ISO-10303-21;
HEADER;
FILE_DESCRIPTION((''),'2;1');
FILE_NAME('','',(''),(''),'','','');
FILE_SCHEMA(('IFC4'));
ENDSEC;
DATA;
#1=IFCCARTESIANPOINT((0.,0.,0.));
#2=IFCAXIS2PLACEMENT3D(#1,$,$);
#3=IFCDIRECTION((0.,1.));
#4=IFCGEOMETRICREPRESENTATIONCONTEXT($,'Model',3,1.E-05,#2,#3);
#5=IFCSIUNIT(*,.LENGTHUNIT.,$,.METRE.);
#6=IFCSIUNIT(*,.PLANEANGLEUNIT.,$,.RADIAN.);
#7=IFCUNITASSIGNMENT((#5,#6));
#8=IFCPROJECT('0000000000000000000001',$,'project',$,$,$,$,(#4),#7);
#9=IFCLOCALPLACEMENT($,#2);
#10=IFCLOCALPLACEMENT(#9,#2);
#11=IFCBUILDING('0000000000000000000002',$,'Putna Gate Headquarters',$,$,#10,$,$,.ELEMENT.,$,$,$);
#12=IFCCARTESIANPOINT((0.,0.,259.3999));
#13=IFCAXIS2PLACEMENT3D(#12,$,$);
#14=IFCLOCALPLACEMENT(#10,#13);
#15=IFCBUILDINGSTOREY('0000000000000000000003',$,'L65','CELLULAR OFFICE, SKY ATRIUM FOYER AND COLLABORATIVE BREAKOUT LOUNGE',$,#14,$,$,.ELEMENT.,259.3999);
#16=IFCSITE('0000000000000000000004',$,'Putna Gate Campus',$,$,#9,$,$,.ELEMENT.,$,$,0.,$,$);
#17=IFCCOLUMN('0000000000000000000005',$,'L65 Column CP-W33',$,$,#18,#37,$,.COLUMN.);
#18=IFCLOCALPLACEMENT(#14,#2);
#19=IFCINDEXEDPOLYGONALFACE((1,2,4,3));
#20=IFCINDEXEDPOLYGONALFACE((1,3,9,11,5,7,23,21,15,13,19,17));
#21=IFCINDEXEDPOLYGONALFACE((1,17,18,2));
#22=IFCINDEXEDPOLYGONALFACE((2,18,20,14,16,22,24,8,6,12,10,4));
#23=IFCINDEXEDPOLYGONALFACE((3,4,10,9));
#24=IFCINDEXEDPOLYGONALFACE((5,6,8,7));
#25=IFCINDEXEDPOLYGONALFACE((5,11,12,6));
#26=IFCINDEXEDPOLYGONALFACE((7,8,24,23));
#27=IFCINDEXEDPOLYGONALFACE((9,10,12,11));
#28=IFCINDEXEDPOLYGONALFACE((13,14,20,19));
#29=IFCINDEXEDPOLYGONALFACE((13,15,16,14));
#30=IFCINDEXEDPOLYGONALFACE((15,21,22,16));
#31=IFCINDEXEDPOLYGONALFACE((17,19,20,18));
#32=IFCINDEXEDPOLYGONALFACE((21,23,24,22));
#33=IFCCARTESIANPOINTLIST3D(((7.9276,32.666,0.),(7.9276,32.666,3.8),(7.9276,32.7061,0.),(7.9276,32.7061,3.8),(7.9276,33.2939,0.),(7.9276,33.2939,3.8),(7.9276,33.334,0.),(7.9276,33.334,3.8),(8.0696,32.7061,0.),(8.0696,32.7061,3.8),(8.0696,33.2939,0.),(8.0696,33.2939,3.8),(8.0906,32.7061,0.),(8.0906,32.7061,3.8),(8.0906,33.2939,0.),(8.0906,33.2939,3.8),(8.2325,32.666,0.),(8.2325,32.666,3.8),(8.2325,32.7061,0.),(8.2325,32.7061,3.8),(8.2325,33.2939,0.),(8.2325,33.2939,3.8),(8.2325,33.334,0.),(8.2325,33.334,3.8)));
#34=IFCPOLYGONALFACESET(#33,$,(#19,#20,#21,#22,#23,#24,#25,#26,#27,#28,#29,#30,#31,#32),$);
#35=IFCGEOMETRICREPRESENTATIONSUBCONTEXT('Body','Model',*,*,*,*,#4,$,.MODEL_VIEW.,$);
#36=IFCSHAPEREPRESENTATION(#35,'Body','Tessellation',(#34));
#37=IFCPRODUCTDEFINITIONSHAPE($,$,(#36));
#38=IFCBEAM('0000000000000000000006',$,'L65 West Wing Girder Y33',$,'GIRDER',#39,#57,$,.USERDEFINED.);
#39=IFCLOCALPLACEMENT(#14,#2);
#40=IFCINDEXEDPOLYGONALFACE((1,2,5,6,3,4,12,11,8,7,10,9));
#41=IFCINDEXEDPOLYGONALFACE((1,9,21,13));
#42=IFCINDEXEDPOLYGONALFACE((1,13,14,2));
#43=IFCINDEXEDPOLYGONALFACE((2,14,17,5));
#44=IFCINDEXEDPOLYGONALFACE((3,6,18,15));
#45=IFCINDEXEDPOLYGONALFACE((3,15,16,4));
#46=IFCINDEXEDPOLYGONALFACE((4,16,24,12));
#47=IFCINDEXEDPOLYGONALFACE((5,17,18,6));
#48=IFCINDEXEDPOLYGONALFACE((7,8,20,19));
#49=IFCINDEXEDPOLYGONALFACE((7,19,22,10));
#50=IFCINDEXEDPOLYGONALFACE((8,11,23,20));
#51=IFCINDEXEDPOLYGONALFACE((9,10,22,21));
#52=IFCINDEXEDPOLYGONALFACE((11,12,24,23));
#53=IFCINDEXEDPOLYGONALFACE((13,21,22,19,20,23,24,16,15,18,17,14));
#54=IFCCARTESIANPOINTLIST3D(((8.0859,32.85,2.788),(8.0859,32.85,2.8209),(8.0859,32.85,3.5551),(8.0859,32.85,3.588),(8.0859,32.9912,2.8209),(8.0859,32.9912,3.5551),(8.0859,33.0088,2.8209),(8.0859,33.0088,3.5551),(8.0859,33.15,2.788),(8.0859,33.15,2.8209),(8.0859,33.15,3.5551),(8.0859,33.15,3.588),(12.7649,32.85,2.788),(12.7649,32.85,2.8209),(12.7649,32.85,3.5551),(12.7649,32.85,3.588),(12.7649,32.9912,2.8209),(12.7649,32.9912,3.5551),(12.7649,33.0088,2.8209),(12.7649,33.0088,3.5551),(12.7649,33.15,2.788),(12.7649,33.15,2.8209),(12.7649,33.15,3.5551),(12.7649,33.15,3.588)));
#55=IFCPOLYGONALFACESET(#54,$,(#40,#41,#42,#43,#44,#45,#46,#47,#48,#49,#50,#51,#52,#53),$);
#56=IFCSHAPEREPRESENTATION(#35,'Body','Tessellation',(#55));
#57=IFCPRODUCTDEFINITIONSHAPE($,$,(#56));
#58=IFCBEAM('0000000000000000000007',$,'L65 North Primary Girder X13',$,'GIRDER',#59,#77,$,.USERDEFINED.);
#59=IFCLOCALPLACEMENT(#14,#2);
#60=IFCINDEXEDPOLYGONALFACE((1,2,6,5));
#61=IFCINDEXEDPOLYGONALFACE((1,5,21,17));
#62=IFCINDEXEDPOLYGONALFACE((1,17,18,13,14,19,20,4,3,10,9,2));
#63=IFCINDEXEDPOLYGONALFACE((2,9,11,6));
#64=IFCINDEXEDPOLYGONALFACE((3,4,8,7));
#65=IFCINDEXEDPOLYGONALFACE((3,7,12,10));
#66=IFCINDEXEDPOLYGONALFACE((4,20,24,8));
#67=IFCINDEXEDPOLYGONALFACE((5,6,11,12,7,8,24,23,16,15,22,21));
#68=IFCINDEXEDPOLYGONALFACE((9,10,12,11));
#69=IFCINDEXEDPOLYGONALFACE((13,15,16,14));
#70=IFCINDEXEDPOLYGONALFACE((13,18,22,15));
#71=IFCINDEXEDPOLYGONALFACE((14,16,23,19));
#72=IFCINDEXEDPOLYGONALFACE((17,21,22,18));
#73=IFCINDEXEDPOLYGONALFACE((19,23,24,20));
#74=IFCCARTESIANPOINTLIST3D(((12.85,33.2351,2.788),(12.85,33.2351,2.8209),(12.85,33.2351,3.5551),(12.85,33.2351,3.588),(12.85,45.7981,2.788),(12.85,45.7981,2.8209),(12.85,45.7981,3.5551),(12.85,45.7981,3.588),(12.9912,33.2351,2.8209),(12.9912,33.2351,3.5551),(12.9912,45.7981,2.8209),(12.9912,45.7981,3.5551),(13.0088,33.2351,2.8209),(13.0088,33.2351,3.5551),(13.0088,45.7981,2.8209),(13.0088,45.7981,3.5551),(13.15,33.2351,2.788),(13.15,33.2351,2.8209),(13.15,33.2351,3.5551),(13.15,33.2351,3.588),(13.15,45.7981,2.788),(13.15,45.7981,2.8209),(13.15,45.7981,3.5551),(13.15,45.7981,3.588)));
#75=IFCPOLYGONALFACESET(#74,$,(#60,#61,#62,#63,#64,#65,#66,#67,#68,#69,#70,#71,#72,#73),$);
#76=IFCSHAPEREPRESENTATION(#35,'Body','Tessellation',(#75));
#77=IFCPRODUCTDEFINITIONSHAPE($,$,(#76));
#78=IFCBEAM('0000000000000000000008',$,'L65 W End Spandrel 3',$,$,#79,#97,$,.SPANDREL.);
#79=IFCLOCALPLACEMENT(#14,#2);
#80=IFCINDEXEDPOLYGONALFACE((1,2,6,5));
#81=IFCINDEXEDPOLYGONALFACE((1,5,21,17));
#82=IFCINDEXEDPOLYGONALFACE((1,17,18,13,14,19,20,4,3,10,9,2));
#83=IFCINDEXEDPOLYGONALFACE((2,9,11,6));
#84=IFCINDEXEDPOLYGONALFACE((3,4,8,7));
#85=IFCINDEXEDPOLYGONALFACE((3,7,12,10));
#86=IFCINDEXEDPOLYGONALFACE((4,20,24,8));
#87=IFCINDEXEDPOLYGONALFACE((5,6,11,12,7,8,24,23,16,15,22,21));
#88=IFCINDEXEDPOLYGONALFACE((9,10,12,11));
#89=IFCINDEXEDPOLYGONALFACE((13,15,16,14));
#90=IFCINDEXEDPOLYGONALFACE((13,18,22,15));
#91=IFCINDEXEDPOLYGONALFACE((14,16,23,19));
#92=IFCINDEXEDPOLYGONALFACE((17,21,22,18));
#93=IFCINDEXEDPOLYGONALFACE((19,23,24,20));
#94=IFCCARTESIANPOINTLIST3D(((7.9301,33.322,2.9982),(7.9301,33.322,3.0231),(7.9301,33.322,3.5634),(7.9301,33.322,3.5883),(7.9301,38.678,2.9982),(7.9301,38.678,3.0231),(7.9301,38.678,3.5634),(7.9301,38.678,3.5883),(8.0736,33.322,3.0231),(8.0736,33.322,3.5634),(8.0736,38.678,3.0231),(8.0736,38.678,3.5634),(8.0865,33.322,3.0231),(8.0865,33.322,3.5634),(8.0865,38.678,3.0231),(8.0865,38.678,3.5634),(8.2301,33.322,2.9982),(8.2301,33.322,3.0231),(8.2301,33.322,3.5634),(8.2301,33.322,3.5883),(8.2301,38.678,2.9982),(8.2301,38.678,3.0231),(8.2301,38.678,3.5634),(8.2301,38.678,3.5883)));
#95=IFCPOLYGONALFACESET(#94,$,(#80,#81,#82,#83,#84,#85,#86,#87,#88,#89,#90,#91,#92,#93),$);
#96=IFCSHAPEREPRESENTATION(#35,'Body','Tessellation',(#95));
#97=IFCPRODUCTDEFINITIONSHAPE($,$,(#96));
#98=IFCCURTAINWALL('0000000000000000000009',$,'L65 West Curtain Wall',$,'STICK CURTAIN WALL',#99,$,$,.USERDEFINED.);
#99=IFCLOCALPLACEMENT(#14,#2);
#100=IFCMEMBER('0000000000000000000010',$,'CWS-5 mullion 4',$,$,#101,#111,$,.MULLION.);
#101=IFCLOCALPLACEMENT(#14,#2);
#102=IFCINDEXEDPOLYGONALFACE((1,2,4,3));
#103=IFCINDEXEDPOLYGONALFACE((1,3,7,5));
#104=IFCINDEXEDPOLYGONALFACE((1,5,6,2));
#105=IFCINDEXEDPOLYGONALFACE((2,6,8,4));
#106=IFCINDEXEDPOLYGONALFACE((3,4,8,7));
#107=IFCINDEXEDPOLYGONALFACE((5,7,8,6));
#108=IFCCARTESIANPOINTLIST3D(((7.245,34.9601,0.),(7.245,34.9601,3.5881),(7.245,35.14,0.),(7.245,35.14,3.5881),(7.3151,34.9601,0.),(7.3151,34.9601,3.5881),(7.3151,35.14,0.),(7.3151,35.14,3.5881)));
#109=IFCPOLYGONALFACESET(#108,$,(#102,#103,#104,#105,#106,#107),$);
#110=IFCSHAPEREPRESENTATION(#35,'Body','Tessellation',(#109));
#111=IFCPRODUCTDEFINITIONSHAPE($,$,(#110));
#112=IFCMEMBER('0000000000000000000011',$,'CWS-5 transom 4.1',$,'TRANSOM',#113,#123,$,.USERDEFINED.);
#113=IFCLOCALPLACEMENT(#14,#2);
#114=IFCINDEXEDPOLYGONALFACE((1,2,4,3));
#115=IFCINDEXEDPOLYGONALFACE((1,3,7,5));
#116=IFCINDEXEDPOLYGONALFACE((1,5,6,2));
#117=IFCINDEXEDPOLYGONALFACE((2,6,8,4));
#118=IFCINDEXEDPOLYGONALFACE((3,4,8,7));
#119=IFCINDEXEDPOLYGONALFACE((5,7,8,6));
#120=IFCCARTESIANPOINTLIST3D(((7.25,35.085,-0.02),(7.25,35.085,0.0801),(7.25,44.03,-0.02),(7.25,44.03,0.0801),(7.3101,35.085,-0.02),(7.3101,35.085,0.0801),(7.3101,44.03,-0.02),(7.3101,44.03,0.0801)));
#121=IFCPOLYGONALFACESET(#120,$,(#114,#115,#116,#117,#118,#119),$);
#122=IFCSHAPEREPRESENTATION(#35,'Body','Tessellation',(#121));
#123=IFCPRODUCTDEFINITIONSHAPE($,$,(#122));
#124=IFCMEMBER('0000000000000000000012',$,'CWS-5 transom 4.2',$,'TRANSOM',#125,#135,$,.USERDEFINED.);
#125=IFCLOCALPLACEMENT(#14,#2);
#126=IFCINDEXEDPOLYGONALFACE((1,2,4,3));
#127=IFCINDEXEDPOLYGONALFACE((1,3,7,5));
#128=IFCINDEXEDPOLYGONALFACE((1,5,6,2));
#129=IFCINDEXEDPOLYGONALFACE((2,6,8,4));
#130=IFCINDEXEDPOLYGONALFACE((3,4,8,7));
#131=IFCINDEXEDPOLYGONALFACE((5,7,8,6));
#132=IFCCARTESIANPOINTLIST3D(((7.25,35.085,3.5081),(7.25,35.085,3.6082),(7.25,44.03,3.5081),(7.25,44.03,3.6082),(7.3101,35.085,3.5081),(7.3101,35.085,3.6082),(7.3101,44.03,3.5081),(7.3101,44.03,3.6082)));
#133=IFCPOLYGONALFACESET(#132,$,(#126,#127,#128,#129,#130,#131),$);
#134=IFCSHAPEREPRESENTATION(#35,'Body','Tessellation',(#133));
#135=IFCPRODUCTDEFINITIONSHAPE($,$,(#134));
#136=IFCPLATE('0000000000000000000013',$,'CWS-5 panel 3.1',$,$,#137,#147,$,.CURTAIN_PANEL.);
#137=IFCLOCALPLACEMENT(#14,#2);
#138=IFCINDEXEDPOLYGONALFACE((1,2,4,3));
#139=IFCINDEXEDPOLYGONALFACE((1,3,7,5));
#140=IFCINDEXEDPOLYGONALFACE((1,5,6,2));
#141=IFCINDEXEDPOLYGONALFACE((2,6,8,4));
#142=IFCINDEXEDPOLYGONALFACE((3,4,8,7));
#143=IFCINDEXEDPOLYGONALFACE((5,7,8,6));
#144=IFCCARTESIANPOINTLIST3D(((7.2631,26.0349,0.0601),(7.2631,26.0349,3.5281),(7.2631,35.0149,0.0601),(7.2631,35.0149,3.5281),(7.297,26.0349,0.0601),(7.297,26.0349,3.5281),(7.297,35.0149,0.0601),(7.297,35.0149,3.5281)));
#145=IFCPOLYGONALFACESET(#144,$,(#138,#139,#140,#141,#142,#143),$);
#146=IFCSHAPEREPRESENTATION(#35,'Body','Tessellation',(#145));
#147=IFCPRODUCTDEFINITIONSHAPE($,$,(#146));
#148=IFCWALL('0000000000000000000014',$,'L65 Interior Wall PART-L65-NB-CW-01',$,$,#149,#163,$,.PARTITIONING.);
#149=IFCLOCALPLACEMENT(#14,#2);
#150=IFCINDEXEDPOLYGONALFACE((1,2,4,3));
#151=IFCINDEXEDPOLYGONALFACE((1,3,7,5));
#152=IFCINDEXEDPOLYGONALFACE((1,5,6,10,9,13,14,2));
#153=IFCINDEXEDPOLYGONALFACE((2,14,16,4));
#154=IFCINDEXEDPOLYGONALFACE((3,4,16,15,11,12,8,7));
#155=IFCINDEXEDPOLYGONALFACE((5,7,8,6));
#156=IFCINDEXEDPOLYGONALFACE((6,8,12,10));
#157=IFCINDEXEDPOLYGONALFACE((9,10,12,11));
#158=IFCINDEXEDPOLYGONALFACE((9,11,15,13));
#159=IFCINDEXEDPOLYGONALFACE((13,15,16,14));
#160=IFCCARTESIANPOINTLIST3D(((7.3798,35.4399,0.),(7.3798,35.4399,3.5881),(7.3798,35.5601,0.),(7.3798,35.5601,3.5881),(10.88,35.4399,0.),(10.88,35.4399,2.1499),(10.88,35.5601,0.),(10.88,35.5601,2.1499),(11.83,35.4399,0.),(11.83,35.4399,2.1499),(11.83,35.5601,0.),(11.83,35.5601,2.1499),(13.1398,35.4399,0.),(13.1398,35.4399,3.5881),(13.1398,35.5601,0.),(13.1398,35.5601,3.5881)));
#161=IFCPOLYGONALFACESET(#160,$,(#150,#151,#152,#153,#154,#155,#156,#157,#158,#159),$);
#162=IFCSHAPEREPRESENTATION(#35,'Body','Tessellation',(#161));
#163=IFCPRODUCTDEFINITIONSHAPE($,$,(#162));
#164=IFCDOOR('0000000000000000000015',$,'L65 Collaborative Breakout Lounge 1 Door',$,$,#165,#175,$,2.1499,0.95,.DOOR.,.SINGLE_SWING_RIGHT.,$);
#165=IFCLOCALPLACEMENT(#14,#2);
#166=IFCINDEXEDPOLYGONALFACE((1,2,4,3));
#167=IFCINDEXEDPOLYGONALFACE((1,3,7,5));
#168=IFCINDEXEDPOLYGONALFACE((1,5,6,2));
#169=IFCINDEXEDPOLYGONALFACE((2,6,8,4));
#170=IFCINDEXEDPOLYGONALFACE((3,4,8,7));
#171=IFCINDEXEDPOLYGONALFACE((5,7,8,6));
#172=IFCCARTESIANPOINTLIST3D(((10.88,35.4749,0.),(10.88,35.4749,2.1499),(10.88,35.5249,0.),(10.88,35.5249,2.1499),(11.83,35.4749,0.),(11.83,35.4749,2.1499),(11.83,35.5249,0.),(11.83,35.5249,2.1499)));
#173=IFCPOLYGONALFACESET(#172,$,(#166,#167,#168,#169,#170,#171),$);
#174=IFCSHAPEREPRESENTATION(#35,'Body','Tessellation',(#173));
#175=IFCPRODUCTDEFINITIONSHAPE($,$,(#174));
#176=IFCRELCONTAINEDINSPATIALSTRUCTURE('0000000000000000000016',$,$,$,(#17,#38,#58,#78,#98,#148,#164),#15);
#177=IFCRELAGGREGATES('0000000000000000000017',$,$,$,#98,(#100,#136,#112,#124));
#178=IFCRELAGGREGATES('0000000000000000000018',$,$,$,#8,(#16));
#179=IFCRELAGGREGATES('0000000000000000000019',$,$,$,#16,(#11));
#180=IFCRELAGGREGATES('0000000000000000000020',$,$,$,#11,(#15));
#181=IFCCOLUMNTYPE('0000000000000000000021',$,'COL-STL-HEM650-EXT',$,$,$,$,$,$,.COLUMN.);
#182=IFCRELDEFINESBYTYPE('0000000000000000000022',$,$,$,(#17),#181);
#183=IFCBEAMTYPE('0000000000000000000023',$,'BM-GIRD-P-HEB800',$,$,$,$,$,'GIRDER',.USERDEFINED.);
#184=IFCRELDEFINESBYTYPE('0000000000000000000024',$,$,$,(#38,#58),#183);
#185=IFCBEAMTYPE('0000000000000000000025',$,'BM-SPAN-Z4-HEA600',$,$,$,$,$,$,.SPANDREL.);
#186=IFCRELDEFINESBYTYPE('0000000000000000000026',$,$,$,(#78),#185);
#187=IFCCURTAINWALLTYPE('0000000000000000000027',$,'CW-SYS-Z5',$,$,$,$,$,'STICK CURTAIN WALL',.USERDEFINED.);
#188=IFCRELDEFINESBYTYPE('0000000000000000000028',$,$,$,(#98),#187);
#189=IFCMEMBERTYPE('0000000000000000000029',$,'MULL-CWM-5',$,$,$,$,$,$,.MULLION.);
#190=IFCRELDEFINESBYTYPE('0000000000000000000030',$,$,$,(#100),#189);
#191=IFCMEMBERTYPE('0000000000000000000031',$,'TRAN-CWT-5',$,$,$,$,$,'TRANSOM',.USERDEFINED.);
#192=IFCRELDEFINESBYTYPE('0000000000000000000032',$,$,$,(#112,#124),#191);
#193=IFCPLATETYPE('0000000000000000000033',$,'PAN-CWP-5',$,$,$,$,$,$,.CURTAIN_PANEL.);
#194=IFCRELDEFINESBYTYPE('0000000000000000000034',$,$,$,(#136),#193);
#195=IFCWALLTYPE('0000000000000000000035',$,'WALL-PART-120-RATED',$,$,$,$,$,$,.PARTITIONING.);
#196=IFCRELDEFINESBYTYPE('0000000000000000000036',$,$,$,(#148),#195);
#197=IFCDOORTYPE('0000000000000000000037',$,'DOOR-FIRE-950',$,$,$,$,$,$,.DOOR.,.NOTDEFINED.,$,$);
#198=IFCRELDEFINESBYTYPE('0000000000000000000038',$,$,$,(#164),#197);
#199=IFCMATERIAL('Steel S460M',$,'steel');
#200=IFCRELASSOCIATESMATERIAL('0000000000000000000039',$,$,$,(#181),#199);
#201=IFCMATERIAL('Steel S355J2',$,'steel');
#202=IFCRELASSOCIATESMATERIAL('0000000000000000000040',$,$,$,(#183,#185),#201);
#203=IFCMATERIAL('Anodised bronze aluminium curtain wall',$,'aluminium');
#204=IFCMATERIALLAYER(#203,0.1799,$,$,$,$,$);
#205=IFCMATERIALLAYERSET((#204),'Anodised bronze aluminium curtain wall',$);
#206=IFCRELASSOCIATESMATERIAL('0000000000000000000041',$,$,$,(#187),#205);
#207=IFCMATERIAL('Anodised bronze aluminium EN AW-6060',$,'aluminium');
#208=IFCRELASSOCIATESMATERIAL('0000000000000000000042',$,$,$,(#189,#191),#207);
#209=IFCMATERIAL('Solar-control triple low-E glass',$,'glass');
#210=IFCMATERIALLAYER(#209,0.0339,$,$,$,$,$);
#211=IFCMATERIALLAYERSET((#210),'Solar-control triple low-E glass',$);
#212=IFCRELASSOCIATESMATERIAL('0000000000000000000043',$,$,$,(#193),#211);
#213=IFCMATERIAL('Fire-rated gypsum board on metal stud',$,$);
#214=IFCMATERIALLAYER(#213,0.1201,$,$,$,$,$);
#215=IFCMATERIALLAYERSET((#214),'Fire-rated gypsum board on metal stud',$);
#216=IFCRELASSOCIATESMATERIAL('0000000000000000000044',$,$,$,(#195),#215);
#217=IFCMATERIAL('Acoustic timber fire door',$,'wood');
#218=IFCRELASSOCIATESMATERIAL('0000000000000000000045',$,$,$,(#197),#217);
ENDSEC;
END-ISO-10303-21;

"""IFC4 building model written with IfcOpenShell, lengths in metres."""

from ifc_helpers import new_model, si_unit, direction, frame, frame_2d, origin, origin_2d, place, context, subcontext, project, spatial, rectangle, i_section, extrude, material, layer, layer_set, material_profile, profile_set, type_object, element, fill, aggregate, save


model = new_model("IFC4")

# Units and contexts
model_context = context("Model", 3, precision=1e-05, world=origin(), true_north=direction((0.0, 1.0)))
body_context = subcontext(model_context, "Body", "Model", "MODEL_VIEW")
ifc_project = project(units=[si_unit("LENGTHUNIT", "METRE"), si_unit("PLANEANGLEUNIT", "RADIAN")], contexts=[model_context])

# Site, building, storey
site_placement = place(None, origin())
site = spatial("IfcSite", under=ifc_project, at=site_placement, Name="Putna Gate Campus", CompositionType="ELEMENT", RefElevation=0.0)
building_placement = place(site_placement, origin())
building = spatial("IfcBuilding", under=site, at=building_placement, Name="Putna Gate Headquarters", CompositionType="ELEMENT")
storey_placement = place(building_placement, frame((0.0, 0.0, 259.3999)))
storey = spatial("IfcBuildingStorey", under=building, at=storey_placement, Name="L65", Description="CELLULAR OFFICE, SKY ATRIUM FOYER AND COLLABORATIVE BREAKOUT LOUNGE", CompositionType="ELEMENT", Elevation=259.3999)

# Column
ifc_material_1 = material(Name="Steel S460M", Category="steel")
ifc_material_profile_1 = material_profile(ifc_material_1, i_section(OverallWidth=0.3049, OverallDepth=0.668, WebThickness=0.021, FlangeThickness=0.04, at=origin_2d()), Name="Steel S460M")
ifc_profile_set_1 = profile_set([ifc_material_profile_1], Name="Steel S460M")
column_type = type_object("IfcColumnType", Name="COL-STL-HEM650-EXT", PredefinedType="COLUMN", material=ifc_profile_set_1)
column_placement = place(storey_placement, frame((8.0801, 33.0, 0.0), z_axis=(0.0, 0.0, 1.0), x_axis=(1.0, 0.0, 0.0)))
element("IfcColumn", 1, at=column_placement, inside=storey, type_object=column_type, Name="L65 Column CP-W33", PredefinedType="COLUMN", context=body_context, shape_type="SweptSolid", body=[
    extrude(i_section(OverallWidth=0.3049, OverallDepth=0.668, WebThickness=0.021, FlangeThickness=0.04, at=origin_2d()), origin(), (0.0, 0.0, 1.0), 3.8),
])

# Beams
ifc_material_2 = material(Name="Steel S355J2", Category="steel")
ifc_material_profile_2 = material_profile(ifc_material_2, i_section(OverallWidth=0.3, OverallDepth=0.8, WebThickness=0.0176, FlangeThickness=0.033, at=origin_2d()), Name="Steel S355J2")
ifc_profile_set_2 = profile_set([ifc_material_profile_2], Name="Steel S355J2")
beam_type_1 = type_object("IfcBeamType", Name="BM-GIRD-P-HEB800", ElementType="GIRDER", PredefinedType="USERDEFINED", material=ifc_profile_set_2)
beam_1_placement = place(storey_placement, frame((8.0859, 33.0, 3.188), z_axis=(1.0, 0.0, 0.0), x_axis=(0.0, 1.0, 0.0)))
element("IfcBeam", 2, at=beam_1_placement, inside=storey, type_object=beam_type_1, Name="L65 West Wing Girder Y33", ObjectType="GIRDER", PredefinedType="USERDEFINED", context=body_context, shape_type="SweptSolid", body=[
    extrude(i_section(OverallWidth=0.3, OverallDepth=0.8, WebThickness=0.0176, FlangeThickness=0.033, at=origin_2d()), origin(), (0.0, 0.0, 1.0), 4.679),
])
beam_2_placement = place(storey_placement, frame((13.0, 33.2351, 3.188), z_axis=(0.0, 1.0, 0.0), x_axis=(-1.0, 0.0, 0.0)))
element("IfcBeam", 3, at=beam_2_placement, inside=storey, type_object=beam_type_1, Name="L65 North Primary Girder X13", ObjectType="GIRDER", PredefinedType="USERDEFINED", context=body_context, shape_type="SweptSolid", body=[
    extrude(i_section(OverallWidth=0.3, OverallDepth=0.8, WebThickness=0.0176, FlangeThickness=0.033, at=origin_2d()), origin(), (0.0, 0.0, 1.0), 12.563),
])
ifc_material_profile_3 = material_profile(ifc_material_2, i_section(OverallWidth=0.3, OverallDepth=0.5901, WebThickness=0.0129, FlangeThickness=0.0249, at=origin_2d()), Name="Steel S355J2")
ifc_profile_set_3 = profile_set([ifc_material_profile_3], Name="Steel S355J2")
beam_type_2 = type_object("IfcBeamType", Name="BM-SPAN-Z4-HEA600", PredefinedType="SPANDREL", material=ifc_profile_set_3)
beam_3_placement = place(storey_placement, frame((8.0801, 33.322, 3.2932), z_axis=(0.0, 1.0, 0.0), x_axis=(-1.0, 0.0, 0.0)))
element("IfcBeam", 4, at=beam_3_placement, inside=storey, type_object=beam_type_2, Name="L65 W End Spandrel 3", PredefinedType="SPANDREL", context=body_context, shape_type="SweptSolid", body=[
    extrude(i_section(OverallWidth=0.3, OverallDepth=0.5901, WebThickness=0.0129, FlangeThickness=0.0249, at=origin_2d()), origin(), (0.0, 0.0, 1.0), 5.356),
])

# Curtain wall, members, plate
ifc_material_3 = material(Name="Anodised bronze aluminium curtain wall", Category="aluminium")
ifc_layer_1 = layer(ifc_material_3, 0.1799)
ifc_layer_set_1 = layer_set([ifc_layer_1], Name="Anodised bronze aluminium curtain wall")
curtain_wall_type = type_object("IfcCurtainWallType", Name="CW-SYS-Z5", ElementType="STICK CURTAIN WALL", PredefinedType="USERDEFINED", material=ifc_layer_set_1)
curtain_wall_placement = place(storey_placement, origin())
curtain_wall = element("IfcCurtainWall", 5, at=curtain_wall_placement, inside=storey, type_object=curtain_wall_type, Name="L65 West Curtain Wall", ObjectType="STICK CURTAIN WALL", PredefinedType="USERDEFINED")
ifc_material_4 = material(Name="Anodised bronze aluminium EN AW-6060", Category="aluminium")
ifc_material_profile_4 = material_profile(ifc_material_4, rectangle(XDim=0.0701, YDim=0.1799, at=origin_2d()), Name="Anodised bronze aluminium EN AW-6060")
ifc_profile_set_4 = profile_set([ifc_material_profile_4], Name="Anodised bronze aluminium EN AW-6060")
member_type_1 = type_object("IfcMemberType", Name="MULL-CWM-5", PredefinedType="MULLION", material=ifc_profile_set_4)
member_1_placement = place(storey_placement, frame((7.28, 35.05, 0.0), z_axis=(0.0, 0.0, 1.0), x_axis=(-1.0, 0.0, 0.0)))
member_1 = element("IfcMember", 6, at=member_1_placement, type_object=member_type_1, Name="CWS-5 mullion 4", PredefinedType="MULLION", context=body_context, shape_type="SweptSolid", body=[
    extrude(rectangle(XDim=0.0701, YDim=0.1799, at=origin_2d()), origin(), (0.0, 0.0, 1.0), 3.5881),
])
ifc_material_profile_5 = material_profile(ifc_material_4, rectangle(XDim=0.0601, YDim=0.1001, at=origin_2d()), Name="Anodised bronze aluminium EN AW-6060")
ifc_profile_set_5 = profile_set([ifc_material_profile_5], Name="Anodised bronze aluminium EN AW-6060")
member_type_2 = type_object("IfcMemberType", Name="TRAN-CWT-5", ElementType="TRANSOM", PredefinedType="USERDEFINED", material=ifc_profile_set_5)
member_2_placement = place(storey_placement, frame((7.28, 35.085, 0.03), z_axis=(0.0, 1.0, 0.0), x_axis=(-1.0, 0.0, 0.0)))
member_2 = element("IfcMember", 7, at=member_2_placement, type_object=member_type_2, Name="CWS-5 transom 4.1", ObjectType="TRANSOM", PredefinedType="USERDEFINED", context=body_context, shape_type="SweptSolid", body=[
    extrude(rectangle(XDim=0.0601, YDim=0.1001, at=origin_2d()), origin(), (0.0, 0.0, 1.0), 8.9451),
])
member_3_placement = place(storey_placement, frame((7.28, 35.085, 3.5581), z_axis=(0.0, 1.0, 0.0), x_axis=(-1.0, 0.0, 0.0)))
member_3 = element("IfcMember", 8, at=member_3_placement, type_object=member_type_2, Name="CWS-5 transom 4.2", ObjectType="TRANSOM", PredefinedType="USERDEFINED", context=body_context, shape_type="SweptSolid", body=[
    extrude(rectangle(XDim=0.0601, YDim=0.1001, at=origin_2d()), origin(), (0.0, 0.0, 1.0), 8.9451),
])
ifc_material_5 = material(Name="Solar-control triple low-E glass", Category="glass")
ifc_layer_2 = layer(ifc_material_5, 0.0339)
ifc_layer_set_2 = layer_set([ifc_layer_2], Name="Solar-control triple low-E glass")
plate_type = type_object("IfcPlateType", Name="PAN-CWP-5", PredefinedType="CURTAIN_PANEL", material=ifc_layer_set_2)
plate_placement = place(storey_placement, frame((7.28, 30.5249, 0.0601), z_axis=(0.0, 0.0, 1.0), x_axis=(0.0, 1.0, 0.0)))
plate = element("IfcPlate", 9, at=plate_placement, type_object=plate_type, Name="CWS-5 panel 3.1", PredefinedType="CURTAIN_PANEL", context=body_context, shape_type="SweptSolid", body=[
    extrude(rectangle(XDim=8.98, YDim=0.0339, at=origin_2d()), origin(), (0.0, 0.0, 1.0), 3.468),
])
aggregate(curtain_wall, [member_1, plate, member_2, member_3])

# Shared definitions
ifc_material_6 = material(Name="Fire-rated gypsum board on metal stud")
ifc_layer_3 = layer(ifc_material_6, 0.1201)
ifc_layer_set_3 = layer_set([ifc_layer_3], Name="Fire-rated gypsum board on metal stud")
wall_type_1 = type_object("IfcWallType", Name="WALL-PART-120-RATED", PredefinedType="PARTITIONING", material=ifc_layer_set_3)
ifc_material_7 = material(Name="Acoustic timber fire door", Category="wood")
door_type_1 = type_object("IfcDoorType", Name="DOOR-FIRE-950", OperationType="NOTDEFINED", PredefinedType="DOOR", material=ifc_material_7)

# Wall, opening, door
wall_1_placement = place(storey_placement, frame((7.3799, 35.5, 0.0), z_axis=(0.0, 0.0, 1.0), x_axis=(1.0, 0.0, 0.0)))
wall_1 = element("IfcWall", 10, at=wall_1_placement, inside=storey, type_object=wall_type_1, Name="L65 Interior Wall PART-L65-NB-CW-01", PredefinedType="PARTITIONING", context=body_context, shape_type="SweptSolid", body=[
    extrude(rectangle(XDim=5.76, YDim=0.1201, at=frame_2d((2.8799, 0.0))), origin(), (0.0, 0.0, 1.0), 3.5881),
])
opening_1_placement = place(wall_1_placement, frame((3.5, 0.0, 0.0)))
opening_1 = element("IfcOpeningElement", 11, at=opening_1_placement, cuts=wall_1, PredefinedType="OPENING", context=body_context, shape_type="SweptSolid", body=[
    extrude(rectangle(XDim=0.95, YDim=2.1499, at=frame_2d((0.4751, 1.075))), frame((0.0, 0.0701, 0.0), z_axis=(0.0, -1.0, 0.0), x_axis=(1.0, 0.0, 0.0)), (0.0, 0.0, 1.0), 0.1401),
])
door_1_placement = place(opening_1_placement, origin())
door_1 = element("IfcDoor", 12, at=door_1_placement, inside=storey, type_object=door_type_1, Name="L65 Collaborative Breakout Lounge 1 Door", OperationType="SINGLE_SWING_RIGHT", OverallHeight=2.1499, OverallWidth=0.95, PredefinedType="DOOR", context=body_context, shape_type="SweptSolid", body=[
    extrude(rectangle(XDim=0.95, YDim=2.1499, at=frame_2d((0.4751, 1.075))), frame((0.0, 0.0249, 0.0), z_axis=(0.0, -1.0, 0.0), x_axis=(1.0, 0.0, 0.0)), (0.0, 0.0, 1.0), 0.05),
])
fill(opening_1, door_1)

save(model, "model.ifc")
